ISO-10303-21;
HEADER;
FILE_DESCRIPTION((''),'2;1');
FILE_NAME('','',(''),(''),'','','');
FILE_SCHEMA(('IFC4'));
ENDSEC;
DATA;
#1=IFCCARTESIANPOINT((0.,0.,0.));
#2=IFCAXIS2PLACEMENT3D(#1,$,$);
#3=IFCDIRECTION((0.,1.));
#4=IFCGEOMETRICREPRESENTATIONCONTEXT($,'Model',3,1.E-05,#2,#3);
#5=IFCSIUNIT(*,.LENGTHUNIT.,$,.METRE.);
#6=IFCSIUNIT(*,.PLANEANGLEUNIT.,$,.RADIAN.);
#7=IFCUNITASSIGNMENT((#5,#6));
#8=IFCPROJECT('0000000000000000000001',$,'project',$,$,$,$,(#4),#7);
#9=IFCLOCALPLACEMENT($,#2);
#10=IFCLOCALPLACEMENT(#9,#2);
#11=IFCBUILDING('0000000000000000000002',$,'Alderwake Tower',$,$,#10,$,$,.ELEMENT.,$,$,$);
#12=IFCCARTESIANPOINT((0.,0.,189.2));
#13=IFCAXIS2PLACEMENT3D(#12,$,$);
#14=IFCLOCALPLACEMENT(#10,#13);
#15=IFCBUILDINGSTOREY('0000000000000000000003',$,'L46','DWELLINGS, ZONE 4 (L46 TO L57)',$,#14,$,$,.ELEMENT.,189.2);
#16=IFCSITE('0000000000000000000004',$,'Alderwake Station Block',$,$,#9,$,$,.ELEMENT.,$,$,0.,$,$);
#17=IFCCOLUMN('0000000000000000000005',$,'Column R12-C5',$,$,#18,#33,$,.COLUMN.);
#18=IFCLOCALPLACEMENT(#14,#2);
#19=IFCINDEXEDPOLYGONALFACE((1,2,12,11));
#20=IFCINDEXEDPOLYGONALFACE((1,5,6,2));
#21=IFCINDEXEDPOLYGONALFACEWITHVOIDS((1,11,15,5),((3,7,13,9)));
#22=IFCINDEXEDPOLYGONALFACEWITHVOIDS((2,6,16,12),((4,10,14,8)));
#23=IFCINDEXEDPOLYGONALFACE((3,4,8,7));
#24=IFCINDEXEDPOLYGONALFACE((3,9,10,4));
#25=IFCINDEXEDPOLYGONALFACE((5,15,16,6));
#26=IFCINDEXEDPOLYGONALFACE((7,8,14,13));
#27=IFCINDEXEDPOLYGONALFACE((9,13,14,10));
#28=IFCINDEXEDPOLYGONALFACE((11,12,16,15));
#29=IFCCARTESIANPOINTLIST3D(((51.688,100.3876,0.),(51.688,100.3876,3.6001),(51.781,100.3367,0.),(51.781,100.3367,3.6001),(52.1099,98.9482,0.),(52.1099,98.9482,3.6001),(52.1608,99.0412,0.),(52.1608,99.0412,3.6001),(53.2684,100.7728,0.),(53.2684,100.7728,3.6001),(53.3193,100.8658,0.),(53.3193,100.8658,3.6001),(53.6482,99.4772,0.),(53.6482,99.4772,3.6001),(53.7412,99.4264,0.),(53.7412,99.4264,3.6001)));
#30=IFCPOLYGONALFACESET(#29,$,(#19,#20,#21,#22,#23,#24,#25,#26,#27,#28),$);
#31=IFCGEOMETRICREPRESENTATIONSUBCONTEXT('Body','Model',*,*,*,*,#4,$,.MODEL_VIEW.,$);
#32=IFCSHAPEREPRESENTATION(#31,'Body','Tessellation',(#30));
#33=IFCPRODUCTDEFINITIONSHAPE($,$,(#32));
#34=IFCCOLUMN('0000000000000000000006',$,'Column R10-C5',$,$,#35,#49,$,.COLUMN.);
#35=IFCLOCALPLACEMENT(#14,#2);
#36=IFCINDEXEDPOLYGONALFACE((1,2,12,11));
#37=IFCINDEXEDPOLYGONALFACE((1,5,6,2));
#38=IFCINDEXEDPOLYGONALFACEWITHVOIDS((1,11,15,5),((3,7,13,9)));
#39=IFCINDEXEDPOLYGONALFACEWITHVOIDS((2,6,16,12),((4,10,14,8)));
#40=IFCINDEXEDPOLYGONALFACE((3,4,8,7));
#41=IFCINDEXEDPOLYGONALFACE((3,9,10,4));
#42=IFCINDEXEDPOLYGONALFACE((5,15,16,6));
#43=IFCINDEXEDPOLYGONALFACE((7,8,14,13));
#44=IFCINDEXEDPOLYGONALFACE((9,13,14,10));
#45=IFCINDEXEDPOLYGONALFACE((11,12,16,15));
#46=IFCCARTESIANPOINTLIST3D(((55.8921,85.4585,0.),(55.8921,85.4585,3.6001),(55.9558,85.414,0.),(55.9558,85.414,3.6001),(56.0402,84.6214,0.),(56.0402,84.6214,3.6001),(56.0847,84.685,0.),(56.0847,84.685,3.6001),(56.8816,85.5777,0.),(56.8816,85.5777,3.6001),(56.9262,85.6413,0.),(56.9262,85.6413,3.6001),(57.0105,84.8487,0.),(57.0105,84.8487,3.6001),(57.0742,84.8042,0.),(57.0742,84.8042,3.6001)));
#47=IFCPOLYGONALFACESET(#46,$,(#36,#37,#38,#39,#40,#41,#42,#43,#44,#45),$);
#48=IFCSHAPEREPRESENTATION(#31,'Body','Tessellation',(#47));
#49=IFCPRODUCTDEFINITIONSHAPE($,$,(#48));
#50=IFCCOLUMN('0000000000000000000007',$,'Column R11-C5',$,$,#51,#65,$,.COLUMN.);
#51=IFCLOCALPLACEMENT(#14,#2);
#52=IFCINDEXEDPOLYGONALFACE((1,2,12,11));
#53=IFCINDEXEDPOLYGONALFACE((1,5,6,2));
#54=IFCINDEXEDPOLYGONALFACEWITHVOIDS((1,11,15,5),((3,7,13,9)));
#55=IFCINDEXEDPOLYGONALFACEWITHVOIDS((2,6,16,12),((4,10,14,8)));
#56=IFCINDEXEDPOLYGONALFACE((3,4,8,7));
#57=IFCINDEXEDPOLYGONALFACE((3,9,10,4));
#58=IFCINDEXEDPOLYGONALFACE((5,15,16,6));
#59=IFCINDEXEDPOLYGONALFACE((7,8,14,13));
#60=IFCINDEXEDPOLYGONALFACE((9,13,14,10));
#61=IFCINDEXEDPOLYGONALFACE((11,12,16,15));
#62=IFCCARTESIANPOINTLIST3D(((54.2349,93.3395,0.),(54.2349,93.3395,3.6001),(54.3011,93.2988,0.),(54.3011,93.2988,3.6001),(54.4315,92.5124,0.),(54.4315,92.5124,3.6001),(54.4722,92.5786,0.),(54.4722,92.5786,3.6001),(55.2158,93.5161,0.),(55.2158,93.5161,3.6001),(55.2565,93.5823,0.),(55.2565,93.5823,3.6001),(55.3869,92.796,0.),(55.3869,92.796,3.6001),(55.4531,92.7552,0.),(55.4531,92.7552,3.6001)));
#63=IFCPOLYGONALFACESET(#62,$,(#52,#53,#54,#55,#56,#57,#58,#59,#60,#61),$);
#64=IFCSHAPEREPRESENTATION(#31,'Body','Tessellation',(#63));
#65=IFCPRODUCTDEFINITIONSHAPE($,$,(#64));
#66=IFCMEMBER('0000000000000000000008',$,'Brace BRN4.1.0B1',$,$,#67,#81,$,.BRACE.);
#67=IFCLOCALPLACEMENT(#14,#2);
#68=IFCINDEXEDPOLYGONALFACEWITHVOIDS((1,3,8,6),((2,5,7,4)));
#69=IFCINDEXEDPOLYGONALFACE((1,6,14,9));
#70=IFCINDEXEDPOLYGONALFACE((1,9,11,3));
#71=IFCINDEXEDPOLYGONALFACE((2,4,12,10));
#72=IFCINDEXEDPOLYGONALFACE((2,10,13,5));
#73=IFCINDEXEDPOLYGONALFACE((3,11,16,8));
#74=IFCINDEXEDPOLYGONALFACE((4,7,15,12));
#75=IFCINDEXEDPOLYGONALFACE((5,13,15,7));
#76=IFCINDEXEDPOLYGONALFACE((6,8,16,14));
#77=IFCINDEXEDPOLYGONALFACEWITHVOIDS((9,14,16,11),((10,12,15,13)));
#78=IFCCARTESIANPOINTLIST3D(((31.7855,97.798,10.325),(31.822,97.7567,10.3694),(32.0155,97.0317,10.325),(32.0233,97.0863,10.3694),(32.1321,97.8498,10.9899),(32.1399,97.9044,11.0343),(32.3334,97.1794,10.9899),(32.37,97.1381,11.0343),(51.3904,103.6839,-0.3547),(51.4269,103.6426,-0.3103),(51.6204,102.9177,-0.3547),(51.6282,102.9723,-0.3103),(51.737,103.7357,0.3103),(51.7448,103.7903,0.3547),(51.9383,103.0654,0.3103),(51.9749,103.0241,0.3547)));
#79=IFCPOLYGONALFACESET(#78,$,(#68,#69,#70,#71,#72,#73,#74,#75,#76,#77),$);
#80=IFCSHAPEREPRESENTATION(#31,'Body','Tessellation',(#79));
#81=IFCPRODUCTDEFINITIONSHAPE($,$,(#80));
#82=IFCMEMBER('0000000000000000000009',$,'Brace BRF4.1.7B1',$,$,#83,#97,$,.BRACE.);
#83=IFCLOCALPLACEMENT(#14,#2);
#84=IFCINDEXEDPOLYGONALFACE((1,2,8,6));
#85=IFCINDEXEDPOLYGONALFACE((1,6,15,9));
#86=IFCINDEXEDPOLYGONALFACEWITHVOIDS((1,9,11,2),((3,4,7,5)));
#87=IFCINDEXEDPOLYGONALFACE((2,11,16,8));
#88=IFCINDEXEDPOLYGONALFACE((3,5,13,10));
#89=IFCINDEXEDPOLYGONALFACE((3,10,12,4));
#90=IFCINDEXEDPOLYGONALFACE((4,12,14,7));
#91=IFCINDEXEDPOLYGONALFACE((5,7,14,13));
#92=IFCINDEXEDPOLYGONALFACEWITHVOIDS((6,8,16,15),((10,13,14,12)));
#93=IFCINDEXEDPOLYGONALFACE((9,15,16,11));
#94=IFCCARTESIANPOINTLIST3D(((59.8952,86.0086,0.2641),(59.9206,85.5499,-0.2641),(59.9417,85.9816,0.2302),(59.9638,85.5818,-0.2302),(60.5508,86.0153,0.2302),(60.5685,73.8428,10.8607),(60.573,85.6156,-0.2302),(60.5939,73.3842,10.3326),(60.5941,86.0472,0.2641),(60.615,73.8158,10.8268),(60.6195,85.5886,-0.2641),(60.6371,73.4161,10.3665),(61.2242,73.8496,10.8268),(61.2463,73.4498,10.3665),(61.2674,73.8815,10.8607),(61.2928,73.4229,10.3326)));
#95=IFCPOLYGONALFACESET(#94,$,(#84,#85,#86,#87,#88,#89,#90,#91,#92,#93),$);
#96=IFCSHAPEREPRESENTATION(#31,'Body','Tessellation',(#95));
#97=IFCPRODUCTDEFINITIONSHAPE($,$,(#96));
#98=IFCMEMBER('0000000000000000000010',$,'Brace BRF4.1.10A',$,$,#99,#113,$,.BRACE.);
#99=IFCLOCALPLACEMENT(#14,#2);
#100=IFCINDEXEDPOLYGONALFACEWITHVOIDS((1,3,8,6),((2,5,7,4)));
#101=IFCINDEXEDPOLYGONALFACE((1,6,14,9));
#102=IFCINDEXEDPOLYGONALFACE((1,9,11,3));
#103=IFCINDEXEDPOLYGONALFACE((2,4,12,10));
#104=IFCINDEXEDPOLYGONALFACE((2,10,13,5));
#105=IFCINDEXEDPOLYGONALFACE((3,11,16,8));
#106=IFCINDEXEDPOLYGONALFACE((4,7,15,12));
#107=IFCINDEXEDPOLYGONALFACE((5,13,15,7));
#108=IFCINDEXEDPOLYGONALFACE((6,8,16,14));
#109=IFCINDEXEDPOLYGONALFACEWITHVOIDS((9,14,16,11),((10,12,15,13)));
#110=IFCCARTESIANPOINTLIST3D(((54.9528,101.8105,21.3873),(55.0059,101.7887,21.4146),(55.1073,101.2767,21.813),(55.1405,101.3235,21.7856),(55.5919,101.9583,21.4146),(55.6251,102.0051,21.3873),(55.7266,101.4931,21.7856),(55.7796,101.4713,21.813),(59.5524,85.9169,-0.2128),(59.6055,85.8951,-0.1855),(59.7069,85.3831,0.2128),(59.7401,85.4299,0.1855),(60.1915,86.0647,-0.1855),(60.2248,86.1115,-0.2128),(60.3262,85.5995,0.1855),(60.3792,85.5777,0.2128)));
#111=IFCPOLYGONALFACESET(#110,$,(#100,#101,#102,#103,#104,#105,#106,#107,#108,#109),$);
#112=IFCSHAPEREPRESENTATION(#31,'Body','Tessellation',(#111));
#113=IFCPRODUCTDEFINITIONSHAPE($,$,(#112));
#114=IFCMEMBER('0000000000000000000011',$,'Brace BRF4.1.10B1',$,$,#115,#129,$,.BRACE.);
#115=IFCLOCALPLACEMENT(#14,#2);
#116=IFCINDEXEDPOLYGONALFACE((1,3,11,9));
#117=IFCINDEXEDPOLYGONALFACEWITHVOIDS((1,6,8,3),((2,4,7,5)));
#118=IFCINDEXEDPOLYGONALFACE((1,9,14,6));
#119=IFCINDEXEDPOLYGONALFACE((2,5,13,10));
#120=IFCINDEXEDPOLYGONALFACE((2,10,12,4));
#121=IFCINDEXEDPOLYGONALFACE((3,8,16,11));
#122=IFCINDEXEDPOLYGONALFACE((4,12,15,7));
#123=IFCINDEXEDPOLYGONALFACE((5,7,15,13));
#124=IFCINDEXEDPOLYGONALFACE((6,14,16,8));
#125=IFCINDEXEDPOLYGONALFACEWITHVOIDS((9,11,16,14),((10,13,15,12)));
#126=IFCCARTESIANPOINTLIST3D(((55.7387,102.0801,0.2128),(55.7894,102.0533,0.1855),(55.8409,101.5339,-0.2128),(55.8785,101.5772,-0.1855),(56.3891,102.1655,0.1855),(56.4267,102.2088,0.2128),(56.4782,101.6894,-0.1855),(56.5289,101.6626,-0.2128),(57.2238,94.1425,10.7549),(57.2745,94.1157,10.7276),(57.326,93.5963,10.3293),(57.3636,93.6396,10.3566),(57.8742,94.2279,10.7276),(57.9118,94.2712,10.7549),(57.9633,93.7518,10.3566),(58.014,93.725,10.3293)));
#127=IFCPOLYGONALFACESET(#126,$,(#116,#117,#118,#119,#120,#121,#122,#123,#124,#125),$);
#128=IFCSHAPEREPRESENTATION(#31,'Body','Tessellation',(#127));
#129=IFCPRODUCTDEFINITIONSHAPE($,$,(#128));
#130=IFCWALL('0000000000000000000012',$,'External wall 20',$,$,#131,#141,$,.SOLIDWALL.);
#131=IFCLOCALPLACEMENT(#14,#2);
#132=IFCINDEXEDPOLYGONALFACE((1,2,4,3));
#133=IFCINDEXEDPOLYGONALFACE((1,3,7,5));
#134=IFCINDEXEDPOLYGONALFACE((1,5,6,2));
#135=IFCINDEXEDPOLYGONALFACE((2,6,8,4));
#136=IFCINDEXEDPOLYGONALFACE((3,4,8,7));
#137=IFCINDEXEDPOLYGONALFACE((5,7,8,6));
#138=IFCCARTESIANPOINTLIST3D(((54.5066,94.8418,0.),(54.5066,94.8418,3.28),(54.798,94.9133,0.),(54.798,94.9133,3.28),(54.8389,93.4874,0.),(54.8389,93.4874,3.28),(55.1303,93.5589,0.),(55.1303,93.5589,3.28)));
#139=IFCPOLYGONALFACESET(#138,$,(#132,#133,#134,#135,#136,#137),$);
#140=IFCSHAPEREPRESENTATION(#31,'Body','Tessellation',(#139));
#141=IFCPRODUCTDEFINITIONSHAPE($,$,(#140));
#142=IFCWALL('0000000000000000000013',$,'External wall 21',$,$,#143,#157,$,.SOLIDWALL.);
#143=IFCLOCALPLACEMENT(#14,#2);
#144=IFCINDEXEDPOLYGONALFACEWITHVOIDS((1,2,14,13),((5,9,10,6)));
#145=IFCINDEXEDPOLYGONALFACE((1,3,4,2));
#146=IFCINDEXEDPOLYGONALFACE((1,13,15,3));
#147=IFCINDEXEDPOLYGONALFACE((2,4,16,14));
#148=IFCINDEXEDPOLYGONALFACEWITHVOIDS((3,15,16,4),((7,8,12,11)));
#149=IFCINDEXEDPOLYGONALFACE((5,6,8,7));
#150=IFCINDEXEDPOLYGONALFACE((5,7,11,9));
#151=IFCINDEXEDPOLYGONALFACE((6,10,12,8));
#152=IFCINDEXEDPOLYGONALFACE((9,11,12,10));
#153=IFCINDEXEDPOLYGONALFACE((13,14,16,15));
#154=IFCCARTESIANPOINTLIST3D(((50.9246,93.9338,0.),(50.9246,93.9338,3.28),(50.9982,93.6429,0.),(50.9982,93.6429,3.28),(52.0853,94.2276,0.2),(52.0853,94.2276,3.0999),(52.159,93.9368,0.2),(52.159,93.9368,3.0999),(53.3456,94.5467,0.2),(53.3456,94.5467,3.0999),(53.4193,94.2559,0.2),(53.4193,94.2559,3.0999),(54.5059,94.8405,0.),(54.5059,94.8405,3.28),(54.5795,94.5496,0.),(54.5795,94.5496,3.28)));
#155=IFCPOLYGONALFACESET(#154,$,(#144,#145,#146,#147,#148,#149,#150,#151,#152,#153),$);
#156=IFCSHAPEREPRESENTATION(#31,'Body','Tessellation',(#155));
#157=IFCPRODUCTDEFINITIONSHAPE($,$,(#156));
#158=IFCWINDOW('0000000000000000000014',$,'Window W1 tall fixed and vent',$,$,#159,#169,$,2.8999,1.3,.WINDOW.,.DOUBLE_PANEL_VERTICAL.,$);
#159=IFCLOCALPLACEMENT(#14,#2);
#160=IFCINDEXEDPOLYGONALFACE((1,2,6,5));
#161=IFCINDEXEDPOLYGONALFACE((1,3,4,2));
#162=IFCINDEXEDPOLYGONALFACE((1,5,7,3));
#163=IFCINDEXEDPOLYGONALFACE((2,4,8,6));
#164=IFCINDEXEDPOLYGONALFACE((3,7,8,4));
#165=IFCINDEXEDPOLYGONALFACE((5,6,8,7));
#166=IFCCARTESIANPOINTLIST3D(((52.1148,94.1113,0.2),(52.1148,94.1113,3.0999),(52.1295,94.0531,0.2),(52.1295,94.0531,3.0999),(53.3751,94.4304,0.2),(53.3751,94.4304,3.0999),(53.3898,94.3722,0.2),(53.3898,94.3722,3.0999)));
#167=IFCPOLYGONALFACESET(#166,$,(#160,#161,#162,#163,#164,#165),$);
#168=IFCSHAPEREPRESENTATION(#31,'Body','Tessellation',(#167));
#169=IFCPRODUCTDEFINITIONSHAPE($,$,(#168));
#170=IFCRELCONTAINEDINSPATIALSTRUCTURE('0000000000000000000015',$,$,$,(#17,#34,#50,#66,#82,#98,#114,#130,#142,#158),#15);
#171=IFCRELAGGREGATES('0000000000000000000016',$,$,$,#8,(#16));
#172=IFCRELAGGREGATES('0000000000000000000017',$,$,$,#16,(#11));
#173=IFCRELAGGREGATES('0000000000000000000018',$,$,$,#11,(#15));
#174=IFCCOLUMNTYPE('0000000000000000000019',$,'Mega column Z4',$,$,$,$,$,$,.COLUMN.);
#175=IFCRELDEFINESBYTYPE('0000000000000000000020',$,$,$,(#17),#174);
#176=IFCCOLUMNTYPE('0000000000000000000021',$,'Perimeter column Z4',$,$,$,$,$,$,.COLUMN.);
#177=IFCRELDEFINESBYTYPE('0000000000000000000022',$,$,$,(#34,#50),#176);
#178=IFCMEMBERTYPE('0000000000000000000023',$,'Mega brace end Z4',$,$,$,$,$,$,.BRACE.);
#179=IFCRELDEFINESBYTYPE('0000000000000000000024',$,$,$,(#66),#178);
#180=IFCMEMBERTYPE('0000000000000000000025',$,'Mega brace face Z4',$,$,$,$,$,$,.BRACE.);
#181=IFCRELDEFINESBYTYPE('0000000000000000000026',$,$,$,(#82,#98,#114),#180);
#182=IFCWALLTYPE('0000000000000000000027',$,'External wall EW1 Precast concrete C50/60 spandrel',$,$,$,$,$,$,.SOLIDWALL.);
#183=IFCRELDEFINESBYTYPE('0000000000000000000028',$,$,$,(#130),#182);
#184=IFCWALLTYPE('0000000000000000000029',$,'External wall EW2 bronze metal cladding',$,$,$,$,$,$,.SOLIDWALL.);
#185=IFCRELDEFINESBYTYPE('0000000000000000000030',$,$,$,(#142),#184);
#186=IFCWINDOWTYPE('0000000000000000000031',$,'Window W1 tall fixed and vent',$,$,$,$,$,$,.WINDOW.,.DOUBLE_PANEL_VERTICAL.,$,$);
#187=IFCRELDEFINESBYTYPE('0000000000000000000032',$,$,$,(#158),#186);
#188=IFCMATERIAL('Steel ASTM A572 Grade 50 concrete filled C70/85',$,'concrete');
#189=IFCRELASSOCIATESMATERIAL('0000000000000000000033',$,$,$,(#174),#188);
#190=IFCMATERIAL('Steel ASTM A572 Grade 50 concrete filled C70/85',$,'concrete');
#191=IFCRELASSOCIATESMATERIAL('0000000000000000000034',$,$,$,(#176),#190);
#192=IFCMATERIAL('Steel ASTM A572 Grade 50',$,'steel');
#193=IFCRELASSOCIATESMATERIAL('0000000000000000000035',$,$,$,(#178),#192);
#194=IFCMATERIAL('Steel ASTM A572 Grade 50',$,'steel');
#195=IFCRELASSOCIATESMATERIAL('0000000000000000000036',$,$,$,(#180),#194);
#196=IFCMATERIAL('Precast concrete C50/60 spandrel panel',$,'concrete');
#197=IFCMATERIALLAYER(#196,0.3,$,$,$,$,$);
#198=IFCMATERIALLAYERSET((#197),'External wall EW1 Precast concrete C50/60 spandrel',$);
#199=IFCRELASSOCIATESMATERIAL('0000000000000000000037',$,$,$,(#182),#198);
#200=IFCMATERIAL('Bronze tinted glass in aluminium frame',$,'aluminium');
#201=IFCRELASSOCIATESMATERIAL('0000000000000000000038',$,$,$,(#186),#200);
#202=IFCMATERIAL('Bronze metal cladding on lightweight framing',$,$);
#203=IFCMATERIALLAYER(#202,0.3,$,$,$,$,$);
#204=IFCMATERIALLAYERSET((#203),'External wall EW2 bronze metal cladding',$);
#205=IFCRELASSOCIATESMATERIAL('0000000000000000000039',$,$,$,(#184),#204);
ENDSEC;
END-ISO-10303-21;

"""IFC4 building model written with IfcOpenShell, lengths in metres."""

from ifc_helpers import new_model, si_unit, direction, frame, frame_2d, origin, origin_2d, place, context, subcontext, project, spatial, rectangle, hollow_rectangle, extrude, material, layer, layer_set, material_profile, profile_set, type_object, element, fill, save


model = new_model("IFC4")

# Units and contexts
model_context = context("Model", 3, precision=1e-05, world=origin(), true_north=direction((0.0, 1.0)))
body_context = subcontext(model_context, "Body", "Model", "MODEL_VIEW")
ifc_project = project(units=[si_unit("LENGTHUNIT", "METRE"), si_unit("PLANEANGLEUNIT", "RADIAN")], contexts=[model_context])

# Site, building, storey
site_placement = place(None, origin())
site = spatial("IfcSite", under=ifc_project, at=site_placement, Name="Alderwake Station Block", CompositionType="ELEMENT", RefElevation=0.0)
building_placement = place(site_placement, origin())
building = spatial("IfcBuilding", under=site, at=building_placement, Name="Alderwake Tower", CompositionType="ELEMENT")
storey_placement = place(building_placement, frame((0.0, 0.0, 189.2)))
storey = spatial("IfcBuildingStorey", under=building, at=storey_placement, Name="L46", Description="DWELLINGS, ZONE 4 (L46 TO L57)", CompositionType="ELEMENT", Elevation=189.2)

# Columns
ifc_material_1 = material(Name="Steel ASTM A572 Grade 50 concrete filled C70/85", Category="concrete")
ifc_material_profile_1 = material_profile(ifc_material_1, hollow_rectangle(XDim=1.5, YDim=1.7, WallThickness=0.075, at=origin_2d()), Name="BOX 1700X1500X75")
ifc_profile_set_1 = profile_set([ifc_material_profile_1], Name="Steel ASTM A572 Grade 50 concrete filled C70/85")
column_type_1 = type_object("IfcColumnType", Name="Mega column Z4", PredefinedType="COLUMN", material=ifc_profile_set_1)
column_placement = place(storey_placement, frame((52.7146, 99.907, 0.0), z_axis=(0.0, 0.0, 1.0), x_axis=(-0.281323, 0.959613, 0.0)))
element("IfcColumn", 1, at=column_placement, inside=storey, type_object=column_type_1, Name="Column R12-C5", PredefinedType="COLUMN", context=body_context, shape_type="SweptSolid", body=[
    extrude(hollow_rectangle(XDim=1.5, YDim=1.7, WallThickness=0.075, at=origin_2d()), origin(), (0.0, 0.0, 1.0), 3.6001),
])
ifc_material_2 = material(Name="Steel ASTM A572 Grade 50 concrete filled C70/85", Category="concrete")
ifc_material_profile_2 = material_profile(ifc_material_2, hollow_rectangle(XDim=0.8501, YDim=1.05, WallThickness=0.0549, at=origin_2d()), Name="BOX 1050X850X55")
ifc_profile_set_2 = profile_set([ifc_material_profile_2], Name="Steel ASTM A572 Grade 50 concrete filled C70/85")
column_type_2 = type_object("IfcColumnType", Name="Perimeter column Z4", PredefinedType="COLUMN", material=ifc_profile_set_2)
for number, where, z_axis, x_axis, name in (
    (2, (56.4832, 85.1313, 0.0), (0.0, 0.0, 1.0), (-0.174109, 0.984726, 0.0), "Column R10-C5"),
    (3, (54.844, 93.0474, 0.0), (0.0, 0.0, 1.0), (-0.231222, 0.972901, 0.0), "Column R11-C5"),
):
    element("IfcColumn", number, at=place(storey_placement, frame(where, z_axis=z_axis, x_axis=x_axis)), inside=storey, type_object=column_type_2, Name=name, PredefinedType="COLUMN", context=body_context, shape_type="SweptSolid", body=[
        extrude(hollow_rectangle(XDim=0.8501, YDim=1.05, WallThickness=0.0549, at=origin_2d()), origin(), (0.0, 0.0, 1.0), 3.6001),
    ])

# Members
ifc_material_3 = material(Name="Steel ASTM A572 Grade 50", Category="steel")
ifc_material_profile_3 = material_profile(ifc_material_3, hollow_rectangle(XDim=0.8, YDim=0.8, WallThickness=0.05, at=origin_2d()), Name="BOX 800X800X50")
ifc_profile_set_3 = profile_set([ifc_material_profile_3], Name="Steel ASTM A572 Grade 50")
member_type_1 = type_object("IfcMemberType", Name="Mega brace end Z4", PredefinedType="BRACE", material=ifc_profile_set_3)
member_1_placement = place(storey_placement, frame((51.6826, 103.354, 0.0), z_axis=(-0.849142, -0.254937, 0.462564), x_axis=(0.287549, -0.957766, 0.0)))
element("IfcMember", 4, at=member_1_placement, inside=storey, type_object=member_type_1, Name="Brace BRN4.1.0B1", PredefinedType="BRACE", context=body_context, shape_type="SweptSolid", body=[
    extrude(hollow_rectangle(XDim=0.8, YDim=0.8, WallThickness=0.05, at=origin_2d()), origin(), (0.0, 0.0, 1.0), 23.0879),
])
ifc_material_4 = material(Name="Steel ASTM A572 Grade 50", Category="steel")
ifc_material_profile_4 = material_profile(ifc_material_4, hollow_rectangle(XDim=0.7, YDim=0.7, WallThickness=0.0449, at=origin_2d()), Name="BOX 700X700X45")
ifc_profile_set_4 = profile_set([ifc_material_profile_4], Name="Steel ASTM A572 Grade 50")
member_type_2 = type_object("IfcMemberType", Name="Mega brace face Z4", PredefinedType="BRACE", material=ifc_profile_set_4)
member_2_placement = place(storey_placement, frame((60.2573, 85.7986, 0.0), z_axis=(0.041699, -0.753405, 0.656234), x_axis=(0.998472, 0.055262, 0.0)))
element("IfcMember", 5, at=member_2_placement, inside=storey, type_object=member_type_2, Name="Brace BRF4.1.7B1", PredefinedType="BRACE", context=body_context, shape_type="SweptSolid", body=[
    extrude(hollow_rectangle(XDim=0.7, YDim=0.7, WallThickness=0.0449, at=origin_2d()), origin(), (0.0, 0.0, 1.0), 16.1477),
])
member_3_placement = place(storey_placement, frame((59.9658, 85.7473, 0.0), z_axis=(-0.169048, 0.58413, 0.793861), x_axis=(-0.960583, -0.277994, 0.0)))
element("IfcMember", 6, at=member_3_placement, inside=storey, type_object=member_type_2, Name="Brace BRF4.1.10A", PredefinedType="BRACE", context=body_context, shape_type="SweptSolid", body=[
    extrude(hollow_rectangle(XDim=0.7, YDim=0.7, WallThickness=0.0449, at=origin_2d()), origin(), (0.0, 0.0, 1.0), 27.209),
])
member_4_placement = place(storey_placement, frame((56.1338, 101.8713, 0.0), z_axis=(0.111835, -0.597729, 0.793859), x_axis=(0.982943, 0.183909, 0.0)))
element("IfcMember", 7, at=member_4_placement, inside=storey, type_object=member_type_2, Name="Brace BRF4.1.10B1", PredefinedType="BRACE", context=body_context, shape_type="SweptSolid", body=[
    extrude(hollow_rectangle(XDim=0.7, YDim=0.7, WallThickness=0.0449, at=origin_2d()), origin(), (0.0, 0.0, 1.0), 13.2795),
])

# Shared definitions
ifc_material_5 = material(Name="Precast concrete C50/60 spandrel panel", Category="concrete")
ifc_layer_1 = layer(ifc_material_5, 0.3)
ifc_layer_set_1 = layer_set([ifc_layer_1], Name="External wall EW1 Precast concrete C50/60 spandrel")
wall_type_1 = type_object("IfcWallType", Name="External wall EW1 Precast concrete C50/60 spandrel", PredefinedType="SOLIDWALL", material=ifc_layer_set_1)
ifc_material_6 = material(Name="Bronze tinted glass in aluminium frame", Category="aluminium")
window_type = type_object("IfcWindowType", Name="Window W1 tall fixed and vent", PartitioningType="DOUBLE_PANEL_VERTICAL", PredefinedType="WINDOW", material=ifc_material_6)

# Wall
wall_1_placement = place(storey_placement, frame((54.9846, 93.5232, 0.0), z_axis=(0.0, 0.0, 1.0), x_axis=(-0.23829, 0.971194, 0.0)))
element("IfcWall", 8, at=wall_1_placement, inside=storey, type_object=wall_type_1, Name="External wall 20", PredefinedType="SOLIDWALL", context=body_context, shape_type="SweptSolid", body=[
    extrude(rectangle(XDim=1.3945, YDim=0.3, at=frame_2d((0.6973, 0.0))), origin(), (0.0, 0.0, 1.0), 3.28),
])

# Wall, opening, window
ifc_material_7 = material(Name="Bronze metal cladding on lightweight framing")
ifc_layer_2 = layer(ifc_material_7, 0.3)
ifc_layer_set_2 = layer_set([ifc_layer_2], Name="External wall EW2 bronze metal cladding")
wall_type_2 = type_object("IfcWallType", Name="External wall EW2 bronze metal cladding", PredefinedType="SOLIDWALL", material=ifc_layer_set_2)
wall_2_placement = place(storey_placement, frame((54.5427, 94.6951, 0.0), z_axis=(0.0, 0.0, 1.0), x_axis=(-0.969411, -0.245442, 0.0)))
wall_2 = element("IfcWall", 9, at=wall_2_placement, inside=storey, type_object=wall_type_2, Name="External wall 21", PredefinedType="SOLIDWALL", context=body_context, shape_type="SweptSolid", body=[
    extrude(rectangle(XDim=3.6943, YDim=0.3, at=frame_2d((1.8472, 0.0))), origin(), (0.0, 0.0, 1.0), 3.28),
])
opening_1_placement = place(wall_2_placement, frame((1.197, 0.0, 0.2)))
opening_1 = element("IfcOpeningElement", 10, at=opening_1_placement, cuts=wall_2, PredefinedType="OPENING", context=body_context, shape_type="SweptSolid", body=[
    extrude(rectangle(XDim=1.3, YDim=2.8999, at=frame_2d((0.6499, 1.45))), frame((0.0, 0.1599, 0.0), z_axis=(0.0, -1.0, 0.0), x_axis=(1.0, 0.0, 0.0)), (0.0, 0.0, 1.0), 0.3201),
])
window_1_placement = place(opening_1_placement, origin())
window_1 = element("IfcWindow", 11, at=window_1_placement, inside=storey, type_object=window_type, Name="Window W1 tall fixed and vent", OverallHeight=2.8999, OverallWidth=1.3, PartitioningType="DOUBLE_PANEL_VERTICAL", PredefinedType="WINDOW", context=body_context, shape_type="SweptSolid", body=[
    extrude(rectangle(XDim=1.3, YDim=2.8999, at=frame_2d((0.6499, 1.45))), frame((0.0, 0.03, 0.0), z_axis=(0.0, -1.0, 0.0), x_axis=(1.0, 0.0, 0.0)), (0.0, 0.0, 1.0), 0.0601),
])
fill(opening_1, window_1)

save(model, "model.ifc")
